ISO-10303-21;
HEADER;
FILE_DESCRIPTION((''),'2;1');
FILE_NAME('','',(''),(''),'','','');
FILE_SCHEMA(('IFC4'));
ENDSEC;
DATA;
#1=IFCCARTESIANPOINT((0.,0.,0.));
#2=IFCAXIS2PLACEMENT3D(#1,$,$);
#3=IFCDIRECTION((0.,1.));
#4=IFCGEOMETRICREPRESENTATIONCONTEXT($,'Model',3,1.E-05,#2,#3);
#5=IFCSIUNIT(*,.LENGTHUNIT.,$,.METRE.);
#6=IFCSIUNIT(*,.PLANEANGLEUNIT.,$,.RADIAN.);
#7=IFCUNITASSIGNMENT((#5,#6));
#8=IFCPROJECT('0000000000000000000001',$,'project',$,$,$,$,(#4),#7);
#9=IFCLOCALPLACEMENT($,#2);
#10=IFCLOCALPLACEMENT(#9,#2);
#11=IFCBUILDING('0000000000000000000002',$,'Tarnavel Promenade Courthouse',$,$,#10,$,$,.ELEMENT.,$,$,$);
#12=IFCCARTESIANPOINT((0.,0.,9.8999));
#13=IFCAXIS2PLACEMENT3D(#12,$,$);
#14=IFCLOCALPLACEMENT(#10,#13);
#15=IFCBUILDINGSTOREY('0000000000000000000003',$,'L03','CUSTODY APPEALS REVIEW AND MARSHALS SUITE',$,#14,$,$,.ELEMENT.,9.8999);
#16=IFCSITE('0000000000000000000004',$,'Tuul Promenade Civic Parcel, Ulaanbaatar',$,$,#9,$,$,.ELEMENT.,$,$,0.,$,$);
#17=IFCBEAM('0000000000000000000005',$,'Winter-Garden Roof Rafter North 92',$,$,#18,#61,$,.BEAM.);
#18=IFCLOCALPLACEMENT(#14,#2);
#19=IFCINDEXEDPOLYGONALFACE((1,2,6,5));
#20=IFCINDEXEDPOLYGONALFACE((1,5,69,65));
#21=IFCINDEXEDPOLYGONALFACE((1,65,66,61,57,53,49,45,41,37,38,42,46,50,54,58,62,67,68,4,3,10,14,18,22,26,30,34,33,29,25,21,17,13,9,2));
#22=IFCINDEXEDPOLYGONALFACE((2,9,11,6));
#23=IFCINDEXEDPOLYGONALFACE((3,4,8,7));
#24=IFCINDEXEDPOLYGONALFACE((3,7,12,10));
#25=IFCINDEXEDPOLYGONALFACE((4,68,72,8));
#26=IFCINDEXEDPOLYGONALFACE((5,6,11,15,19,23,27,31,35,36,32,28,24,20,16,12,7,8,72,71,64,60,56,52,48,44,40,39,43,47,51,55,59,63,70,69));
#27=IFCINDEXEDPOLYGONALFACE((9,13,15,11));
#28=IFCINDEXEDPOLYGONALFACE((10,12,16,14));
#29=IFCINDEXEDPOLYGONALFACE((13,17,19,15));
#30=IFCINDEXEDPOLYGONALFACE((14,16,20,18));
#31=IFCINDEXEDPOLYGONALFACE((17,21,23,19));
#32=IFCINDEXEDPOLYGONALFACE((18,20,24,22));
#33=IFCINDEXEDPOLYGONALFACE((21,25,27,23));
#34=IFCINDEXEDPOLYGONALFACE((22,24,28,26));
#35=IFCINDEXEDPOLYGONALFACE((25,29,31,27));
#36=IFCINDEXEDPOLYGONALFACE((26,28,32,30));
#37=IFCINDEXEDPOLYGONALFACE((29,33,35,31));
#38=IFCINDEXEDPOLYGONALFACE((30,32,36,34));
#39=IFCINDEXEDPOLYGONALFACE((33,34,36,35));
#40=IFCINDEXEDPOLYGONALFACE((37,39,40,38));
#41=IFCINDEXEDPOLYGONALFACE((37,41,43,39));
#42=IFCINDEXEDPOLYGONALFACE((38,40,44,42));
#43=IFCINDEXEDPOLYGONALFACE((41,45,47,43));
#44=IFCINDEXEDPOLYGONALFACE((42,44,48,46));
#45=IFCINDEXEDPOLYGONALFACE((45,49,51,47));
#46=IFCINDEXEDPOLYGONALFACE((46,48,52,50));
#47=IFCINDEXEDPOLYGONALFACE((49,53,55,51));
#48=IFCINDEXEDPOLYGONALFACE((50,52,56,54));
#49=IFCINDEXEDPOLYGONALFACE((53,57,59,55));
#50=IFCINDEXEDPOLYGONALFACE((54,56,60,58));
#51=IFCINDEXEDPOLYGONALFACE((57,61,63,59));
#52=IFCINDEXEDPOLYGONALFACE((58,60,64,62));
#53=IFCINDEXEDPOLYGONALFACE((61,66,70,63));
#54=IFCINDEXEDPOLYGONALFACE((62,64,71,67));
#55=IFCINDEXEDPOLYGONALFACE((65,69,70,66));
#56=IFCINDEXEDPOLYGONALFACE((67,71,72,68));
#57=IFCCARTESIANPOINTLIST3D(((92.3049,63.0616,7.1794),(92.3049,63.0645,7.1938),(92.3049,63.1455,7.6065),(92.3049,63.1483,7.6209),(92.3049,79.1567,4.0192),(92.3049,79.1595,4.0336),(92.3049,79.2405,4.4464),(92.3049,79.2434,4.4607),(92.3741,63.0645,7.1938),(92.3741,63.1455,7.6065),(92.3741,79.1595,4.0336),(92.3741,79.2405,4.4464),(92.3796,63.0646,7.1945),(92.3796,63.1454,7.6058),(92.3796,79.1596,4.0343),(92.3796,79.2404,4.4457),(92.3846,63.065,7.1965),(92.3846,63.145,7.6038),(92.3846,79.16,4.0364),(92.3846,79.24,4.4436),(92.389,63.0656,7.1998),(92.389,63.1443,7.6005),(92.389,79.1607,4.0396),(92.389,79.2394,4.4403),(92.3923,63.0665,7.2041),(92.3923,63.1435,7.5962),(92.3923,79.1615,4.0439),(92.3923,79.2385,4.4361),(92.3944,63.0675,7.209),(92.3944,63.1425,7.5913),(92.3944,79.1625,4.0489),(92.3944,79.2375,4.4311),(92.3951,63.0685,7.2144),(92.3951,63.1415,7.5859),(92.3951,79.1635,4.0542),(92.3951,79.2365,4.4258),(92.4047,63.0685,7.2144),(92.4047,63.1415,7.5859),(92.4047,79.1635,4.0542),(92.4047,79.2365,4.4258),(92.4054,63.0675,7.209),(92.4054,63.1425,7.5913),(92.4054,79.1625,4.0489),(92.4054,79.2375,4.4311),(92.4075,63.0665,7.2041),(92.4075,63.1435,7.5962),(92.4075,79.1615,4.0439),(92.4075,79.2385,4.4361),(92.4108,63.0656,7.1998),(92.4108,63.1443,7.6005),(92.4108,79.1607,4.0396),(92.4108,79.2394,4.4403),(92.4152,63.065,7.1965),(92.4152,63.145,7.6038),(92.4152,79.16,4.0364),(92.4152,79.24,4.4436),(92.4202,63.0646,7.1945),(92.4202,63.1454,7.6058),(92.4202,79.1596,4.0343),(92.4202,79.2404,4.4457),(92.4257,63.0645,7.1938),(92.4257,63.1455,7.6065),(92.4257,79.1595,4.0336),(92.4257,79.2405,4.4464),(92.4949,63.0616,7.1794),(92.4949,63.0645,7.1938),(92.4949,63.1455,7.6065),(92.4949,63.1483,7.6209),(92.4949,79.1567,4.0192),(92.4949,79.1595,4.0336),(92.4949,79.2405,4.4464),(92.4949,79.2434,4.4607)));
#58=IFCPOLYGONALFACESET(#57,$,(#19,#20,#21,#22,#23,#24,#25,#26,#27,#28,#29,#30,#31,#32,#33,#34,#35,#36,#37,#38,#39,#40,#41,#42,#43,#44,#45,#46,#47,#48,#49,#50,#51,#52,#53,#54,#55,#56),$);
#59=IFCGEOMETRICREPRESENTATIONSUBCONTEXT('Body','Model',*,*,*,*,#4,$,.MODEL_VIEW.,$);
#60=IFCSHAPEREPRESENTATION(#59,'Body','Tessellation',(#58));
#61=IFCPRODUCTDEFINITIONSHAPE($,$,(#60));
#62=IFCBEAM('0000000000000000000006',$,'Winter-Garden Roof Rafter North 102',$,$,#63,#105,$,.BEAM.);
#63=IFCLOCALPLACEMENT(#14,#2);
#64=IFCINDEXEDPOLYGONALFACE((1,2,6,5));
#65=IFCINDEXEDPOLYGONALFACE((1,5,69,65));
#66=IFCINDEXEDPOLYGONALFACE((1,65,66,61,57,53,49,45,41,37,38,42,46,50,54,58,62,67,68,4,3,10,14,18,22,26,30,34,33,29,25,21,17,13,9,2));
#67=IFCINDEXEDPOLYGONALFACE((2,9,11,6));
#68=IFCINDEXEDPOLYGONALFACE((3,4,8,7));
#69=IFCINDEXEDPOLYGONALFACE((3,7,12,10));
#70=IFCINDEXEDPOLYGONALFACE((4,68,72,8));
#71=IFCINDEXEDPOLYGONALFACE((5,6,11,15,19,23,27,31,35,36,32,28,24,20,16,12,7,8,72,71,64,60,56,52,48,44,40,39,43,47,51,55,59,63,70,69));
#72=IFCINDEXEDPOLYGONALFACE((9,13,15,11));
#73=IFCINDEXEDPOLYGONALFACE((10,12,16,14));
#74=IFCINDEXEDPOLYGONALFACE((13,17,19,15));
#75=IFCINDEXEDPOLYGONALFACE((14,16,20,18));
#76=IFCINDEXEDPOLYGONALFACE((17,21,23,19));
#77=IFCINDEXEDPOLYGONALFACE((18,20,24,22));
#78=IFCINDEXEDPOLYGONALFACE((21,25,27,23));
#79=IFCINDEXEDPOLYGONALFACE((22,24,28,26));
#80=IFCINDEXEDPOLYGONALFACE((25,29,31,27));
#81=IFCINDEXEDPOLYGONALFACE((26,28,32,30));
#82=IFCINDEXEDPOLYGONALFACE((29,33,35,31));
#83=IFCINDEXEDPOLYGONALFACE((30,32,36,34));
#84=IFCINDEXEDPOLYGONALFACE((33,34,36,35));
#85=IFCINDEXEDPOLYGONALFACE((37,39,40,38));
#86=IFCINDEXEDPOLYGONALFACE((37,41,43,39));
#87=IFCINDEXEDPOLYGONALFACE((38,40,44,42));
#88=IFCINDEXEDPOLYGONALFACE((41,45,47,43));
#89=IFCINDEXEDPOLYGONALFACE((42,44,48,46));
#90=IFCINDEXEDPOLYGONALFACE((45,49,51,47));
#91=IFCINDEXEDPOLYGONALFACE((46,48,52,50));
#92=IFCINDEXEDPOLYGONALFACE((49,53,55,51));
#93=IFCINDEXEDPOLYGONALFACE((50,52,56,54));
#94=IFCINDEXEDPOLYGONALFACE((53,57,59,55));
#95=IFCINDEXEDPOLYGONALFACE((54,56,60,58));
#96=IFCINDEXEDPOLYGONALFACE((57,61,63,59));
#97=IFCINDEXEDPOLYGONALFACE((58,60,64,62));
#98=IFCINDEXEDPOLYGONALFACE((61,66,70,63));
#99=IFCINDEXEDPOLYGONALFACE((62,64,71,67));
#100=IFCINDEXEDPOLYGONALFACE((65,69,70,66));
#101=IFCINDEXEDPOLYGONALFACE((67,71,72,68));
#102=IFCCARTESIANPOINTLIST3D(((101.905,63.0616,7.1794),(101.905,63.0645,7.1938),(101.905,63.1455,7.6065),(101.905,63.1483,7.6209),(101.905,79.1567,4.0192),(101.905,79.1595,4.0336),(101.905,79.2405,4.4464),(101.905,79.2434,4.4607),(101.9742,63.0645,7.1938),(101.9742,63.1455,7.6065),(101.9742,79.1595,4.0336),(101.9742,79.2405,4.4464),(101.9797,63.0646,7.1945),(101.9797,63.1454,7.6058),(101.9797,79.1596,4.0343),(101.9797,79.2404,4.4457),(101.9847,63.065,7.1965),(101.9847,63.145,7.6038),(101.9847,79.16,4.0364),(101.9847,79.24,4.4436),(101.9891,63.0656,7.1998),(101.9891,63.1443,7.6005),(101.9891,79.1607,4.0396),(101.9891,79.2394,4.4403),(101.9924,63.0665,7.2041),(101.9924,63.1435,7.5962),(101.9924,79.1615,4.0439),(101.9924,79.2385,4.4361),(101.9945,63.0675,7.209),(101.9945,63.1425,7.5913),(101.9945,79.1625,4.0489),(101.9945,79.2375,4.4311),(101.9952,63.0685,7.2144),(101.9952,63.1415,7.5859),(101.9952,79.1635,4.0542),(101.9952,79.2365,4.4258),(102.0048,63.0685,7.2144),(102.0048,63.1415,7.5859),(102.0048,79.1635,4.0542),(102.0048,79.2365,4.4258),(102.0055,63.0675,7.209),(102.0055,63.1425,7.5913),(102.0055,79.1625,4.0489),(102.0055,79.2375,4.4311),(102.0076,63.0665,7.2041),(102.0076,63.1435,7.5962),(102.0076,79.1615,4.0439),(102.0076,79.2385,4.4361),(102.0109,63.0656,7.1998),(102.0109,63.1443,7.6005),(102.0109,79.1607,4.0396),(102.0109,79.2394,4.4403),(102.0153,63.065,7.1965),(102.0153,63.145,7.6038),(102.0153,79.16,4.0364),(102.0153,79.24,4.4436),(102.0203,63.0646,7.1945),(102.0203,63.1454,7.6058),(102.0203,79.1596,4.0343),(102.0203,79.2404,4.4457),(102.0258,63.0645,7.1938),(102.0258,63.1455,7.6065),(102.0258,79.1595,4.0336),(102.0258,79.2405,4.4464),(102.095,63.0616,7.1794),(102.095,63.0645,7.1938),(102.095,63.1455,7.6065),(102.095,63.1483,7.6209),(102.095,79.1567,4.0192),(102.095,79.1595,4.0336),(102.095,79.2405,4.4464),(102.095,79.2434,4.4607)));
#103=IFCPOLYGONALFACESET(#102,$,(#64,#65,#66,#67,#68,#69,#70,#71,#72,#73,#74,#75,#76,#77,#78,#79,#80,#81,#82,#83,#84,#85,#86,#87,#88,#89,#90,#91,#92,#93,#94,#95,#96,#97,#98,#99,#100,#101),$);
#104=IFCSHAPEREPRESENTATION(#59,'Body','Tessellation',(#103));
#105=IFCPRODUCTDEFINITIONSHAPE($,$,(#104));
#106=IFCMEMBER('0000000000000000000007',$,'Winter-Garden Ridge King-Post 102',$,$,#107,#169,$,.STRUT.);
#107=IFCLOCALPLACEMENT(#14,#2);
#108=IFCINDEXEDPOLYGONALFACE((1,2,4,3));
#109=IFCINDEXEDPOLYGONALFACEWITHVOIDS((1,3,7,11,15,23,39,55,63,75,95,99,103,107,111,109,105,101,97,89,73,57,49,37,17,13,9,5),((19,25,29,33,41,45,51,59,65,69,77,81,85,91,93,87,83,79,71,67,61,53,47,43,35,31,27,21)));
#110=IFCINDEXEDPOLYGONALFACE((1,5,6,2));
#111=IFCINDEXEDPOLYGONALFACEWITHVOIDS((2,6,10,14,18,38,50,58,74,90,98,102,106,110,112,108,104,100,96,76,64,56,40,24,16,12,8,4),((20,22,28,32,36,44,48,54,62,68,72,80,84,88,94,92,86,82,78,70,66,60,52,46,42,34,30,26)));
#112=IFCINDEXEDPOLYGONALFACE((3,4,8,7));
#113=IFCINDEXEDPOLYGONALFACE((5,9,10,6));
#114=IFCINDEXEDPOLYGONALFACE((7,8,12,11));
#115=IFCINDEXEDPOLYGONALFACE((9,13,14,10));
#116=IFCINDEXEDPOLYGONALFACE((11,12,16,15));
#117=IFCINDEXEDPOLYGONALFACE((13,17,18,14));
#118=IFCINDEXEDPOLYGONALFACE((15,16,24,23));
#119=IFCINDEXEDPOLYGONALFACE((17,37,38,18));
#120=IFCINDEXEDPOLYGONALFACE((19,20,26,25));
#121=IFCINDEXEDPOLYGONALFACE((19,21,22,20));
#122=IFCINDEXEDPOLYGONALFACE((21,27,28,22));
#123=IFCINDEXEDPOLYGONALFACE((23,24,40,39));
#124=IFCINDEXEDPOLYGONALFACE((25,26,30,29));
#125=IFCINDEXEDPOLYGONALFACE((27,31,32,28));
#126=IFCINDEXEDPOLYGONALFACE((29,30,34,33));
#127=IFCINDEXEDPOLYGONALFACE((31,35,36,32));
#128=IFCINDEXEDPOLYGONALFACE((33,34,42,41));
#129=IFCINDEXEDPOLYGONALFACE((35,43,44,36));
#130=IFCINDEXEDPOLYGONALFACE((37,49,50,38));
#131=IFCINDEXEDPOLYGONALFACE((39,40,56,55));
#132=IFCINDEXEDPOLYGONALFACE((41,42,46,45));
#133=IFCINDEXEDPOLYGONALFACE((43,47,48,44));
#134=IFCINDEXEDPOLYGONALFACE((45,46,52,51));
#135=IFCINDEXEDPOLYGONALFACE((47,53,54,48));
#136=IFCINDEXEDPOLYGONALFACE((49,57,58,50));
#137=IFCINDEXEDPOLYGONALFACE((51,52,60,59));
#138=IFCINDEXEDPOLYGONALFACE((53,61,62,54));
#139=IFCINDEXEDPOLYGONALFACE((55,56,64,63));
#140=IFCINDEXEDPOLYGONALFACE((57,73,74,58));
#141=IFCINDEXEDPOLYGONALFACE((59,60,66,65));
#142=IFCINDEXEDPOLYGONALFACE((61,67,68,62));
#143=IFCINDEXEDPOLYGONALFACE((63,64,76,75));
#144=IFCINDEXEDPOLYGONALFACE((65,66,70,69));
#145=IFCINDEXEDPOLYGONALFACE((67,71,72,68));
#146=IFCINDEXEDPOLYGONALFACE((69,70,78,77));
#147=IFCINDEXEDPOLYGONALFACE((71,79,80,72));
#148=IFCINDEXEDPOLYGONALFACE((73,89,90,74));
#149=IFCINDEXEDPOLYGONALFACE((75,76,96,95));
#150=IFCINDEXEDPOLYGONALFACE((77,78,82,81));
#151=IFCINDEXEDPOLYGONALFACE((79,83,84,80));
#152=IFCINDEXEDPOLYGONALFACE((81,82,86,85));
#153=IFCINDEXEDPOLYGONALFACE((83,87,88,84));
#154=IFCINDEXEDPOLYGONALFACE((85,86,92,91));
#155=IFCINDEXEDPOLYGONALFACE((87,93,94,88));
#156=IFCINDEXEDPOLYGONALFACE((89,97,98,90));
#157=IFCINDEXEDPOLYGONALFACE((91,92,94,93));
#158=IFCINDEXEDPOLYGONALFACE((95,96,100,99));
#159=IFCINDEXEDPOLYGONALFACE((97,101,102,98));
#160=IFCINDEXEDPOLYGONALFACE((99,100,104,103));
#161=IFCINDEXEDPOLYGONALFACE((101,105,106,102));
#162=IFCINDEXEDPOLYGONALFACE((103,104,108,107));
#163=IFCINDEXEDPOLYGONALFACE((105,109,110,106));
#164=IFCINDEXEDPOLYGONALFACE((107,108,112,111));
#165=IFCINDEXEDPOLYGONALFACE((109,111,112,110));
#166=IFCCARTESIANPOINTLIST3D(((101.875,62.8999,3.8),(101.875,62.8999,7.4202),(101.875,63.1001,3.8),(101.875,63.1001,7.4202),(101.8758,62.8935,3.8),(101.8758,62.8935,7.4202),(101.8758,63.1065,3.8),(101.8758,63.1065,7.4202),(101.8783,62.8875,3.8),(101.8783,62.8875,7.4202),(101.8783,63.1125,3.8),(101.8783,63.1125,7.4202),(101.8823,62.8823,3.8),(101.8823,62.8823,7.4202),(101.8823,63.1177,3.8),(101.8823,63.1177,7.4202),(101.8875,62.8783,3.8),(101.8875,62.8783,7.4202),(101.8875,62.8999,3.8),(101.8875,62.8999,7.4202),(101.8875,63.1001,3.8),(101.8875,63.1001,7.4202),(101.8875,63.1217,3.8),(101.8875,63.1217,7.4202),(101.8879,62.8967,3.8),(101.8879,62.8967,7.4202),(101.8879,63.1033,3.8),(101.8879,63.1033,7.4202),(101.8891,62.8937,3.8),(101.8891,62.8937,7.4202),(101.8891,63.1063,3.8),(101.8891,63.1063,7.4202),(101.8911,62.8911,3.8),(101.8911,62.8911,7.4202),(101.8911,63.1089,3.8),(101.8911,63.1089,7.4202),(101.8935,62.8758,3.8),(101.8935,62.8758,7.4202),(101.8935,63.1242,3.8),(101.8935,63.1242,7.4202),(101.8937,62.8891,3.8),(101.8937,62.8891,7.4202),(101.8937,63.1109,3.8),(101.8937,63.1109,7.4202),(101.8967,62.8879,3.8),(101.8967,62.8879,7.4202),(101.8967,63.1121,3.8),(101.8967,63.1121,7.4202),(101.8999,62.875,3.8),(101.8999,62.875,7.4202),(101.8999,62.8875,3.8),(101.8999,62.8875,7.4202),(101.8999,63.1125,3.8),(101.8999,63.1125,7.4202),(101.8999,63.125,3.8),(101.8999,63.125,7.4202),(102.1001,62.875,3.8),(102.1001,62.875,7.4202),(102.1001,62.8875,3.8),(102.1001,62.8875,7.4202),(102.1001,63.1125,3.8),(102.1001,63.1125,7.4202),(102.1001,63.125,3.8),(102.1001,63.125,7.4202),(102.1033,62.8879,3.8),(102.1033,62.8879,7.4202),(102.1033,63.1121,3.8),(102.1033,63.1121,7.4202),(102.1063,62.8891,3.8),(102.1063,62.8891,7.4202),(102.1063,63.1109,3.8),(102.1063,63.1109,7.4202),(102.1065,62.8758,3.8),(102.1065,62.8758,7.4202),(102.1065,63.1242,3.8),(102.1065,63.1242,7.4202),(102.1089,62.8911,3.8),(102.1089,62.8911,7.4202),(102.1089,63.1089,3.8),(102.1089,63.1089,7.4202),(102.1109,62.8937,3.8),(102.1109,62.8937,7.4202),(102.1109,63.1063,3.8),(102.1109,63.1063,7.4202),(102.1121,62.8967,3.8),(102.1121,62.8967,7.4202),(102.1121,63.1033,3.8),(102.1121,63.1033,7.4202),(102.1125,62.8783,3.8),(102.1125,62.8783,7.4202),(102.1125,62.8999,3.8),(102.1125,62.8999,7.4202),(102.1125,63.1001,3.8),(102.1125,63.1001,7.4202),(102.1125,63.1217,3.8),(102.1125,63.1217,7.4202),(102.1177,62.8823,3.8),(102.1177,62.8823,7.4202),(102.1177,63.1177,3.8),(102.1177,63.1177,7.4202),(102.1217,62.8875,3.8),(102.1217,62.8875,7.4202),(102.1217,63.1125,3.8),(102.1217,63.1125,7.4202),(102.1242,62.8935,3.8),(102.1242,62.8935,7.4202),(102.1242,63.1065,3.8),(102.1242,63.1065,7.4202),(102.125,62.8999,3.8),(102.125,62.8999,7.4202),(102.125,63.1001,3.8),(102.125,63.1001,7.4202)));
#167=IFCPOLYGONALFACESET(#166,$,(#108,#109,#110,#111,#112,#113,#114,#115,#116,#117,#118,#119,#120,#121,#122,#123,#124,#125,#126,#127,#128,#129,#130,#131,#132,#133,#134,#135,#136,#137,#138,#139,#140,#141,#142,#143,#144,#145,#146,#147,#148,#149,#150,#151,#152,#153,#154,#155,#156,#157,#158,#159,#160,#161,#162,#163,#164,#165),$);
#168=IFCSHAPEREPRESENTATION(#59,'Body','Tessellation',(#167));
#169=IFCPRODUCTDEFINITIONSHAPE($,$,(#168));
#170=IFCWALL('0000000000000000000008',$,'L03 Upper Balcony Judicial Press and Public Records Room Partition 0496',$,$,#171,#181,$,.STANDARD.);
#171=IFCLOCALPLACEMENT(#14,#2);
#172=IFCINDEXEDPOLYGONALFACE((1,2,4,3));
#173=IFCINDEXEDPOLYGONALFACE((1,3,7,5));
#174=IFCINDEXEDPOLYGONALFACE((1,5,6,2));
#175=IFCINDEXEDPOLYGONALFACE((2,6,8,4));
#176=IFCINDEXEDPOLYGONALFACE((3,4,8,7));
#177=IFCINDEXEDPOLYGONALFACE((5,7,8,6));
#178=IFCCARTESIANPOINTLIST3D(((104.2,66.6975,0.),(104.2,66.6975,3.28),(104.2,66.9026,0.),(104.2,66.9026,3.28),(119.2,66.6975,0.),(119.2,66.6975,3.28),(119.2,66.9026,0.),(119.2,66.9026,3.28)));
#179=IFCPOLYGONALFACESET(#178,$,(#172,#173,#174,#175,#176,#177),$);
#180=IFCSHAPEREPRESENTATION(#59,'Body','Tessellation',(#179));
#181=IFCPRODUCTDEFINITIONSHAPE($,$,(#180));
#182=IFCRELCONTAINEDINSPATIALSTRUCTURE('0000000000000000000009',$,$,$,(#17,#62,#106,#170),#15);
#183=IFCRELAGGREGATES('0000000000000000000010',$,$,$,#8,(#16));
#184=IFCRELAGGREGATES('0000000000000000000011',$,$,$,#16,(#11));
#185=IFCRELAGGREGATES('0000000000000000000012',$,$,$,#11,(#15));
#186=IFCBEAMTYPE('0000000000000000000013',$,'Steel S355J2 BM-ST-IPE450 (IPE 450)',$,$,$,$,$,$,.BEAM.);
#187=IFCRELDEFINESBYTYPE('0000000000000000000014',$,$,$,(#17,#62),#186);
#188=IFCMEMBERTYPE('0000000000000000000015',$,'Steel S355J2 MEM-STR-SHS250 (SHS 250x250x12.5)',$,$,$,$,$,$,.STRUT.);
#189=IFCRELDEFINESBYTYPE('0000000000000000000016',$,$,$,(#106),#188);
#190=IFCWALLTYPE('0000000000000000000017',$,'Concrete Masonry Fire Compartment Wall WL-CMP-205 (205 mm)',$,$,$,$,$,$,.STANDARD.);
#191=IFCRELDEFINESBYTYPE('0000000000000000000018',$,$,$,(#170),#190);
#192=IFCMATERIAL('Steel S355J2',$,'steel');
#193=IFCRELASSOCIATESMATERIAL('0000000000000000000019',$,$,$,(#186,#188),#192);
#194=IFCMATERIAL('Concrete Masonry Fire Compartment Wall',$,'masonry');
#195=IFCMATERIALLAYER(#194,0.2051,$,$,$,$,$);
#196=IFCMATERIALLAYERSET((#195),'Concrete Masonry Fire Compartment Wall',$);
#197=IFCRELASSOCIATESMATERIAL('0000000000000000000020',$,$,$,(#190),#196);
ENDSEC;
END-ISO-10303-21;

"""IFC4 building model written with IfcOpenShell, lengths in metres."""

from ifc_helpers import new_model, si_unit, direction, frame, frame_2d, origin, origin_2d, place, context, subcontext, project, spatial, rectangle, hollow_rectangle, i_section, extrude, material, layer, layer_set, material_profile, profile_set, type_object, element, save


model = new_model("IFC4")

# Units and contexts
model_context = context("Model", 3, precision=1e-05, world=origin(), true_north=direction((0.0, 1.0)))
body_context = subcontext(model_context, "Body", "Model", "MODEL_VIEW")
ifc_project = project(units=[si_unit("LENGTHUNIT", "METRE"), si_unit("PLANEANGLEUNIT", "RADIAN")], contexts=[model_context])

# Site, building, storey
site_placement = place(None, origin())
site = spatial("IfcSite", under=ifc_project, at=site_placement, Name="Tuul Promenade Civic Parcel, Ulaanbaatar", CompositionType="ELEMENT", RefElevation=0.0)
building_placement = place(site_placement, origin())
building = spatial("IfcBuilding", under=site, at=building_placement, Name="Tarnavel Promenade Courthouse", CompositionType="ELEMENT")
storey_placement = place(building_placement, frame((0.0, 0.0, 9.8999)))
storey = spatial("IfcBuildingStorey", under=building, at=storey_placement, Name="L03", Description="CUSTODY APPEALS REVIEW AND MARSHALS SUITE", CompositionType="ELEMENT", Elevation=9.8999)

# Beams
ifc_material_1 = material(Name="Steel S355J2", Category="steel")
ifc_material_profile_1 = material_profile(ifc_material_1, i_section(OverallWidth=0.1899, OverallDepth=0.45, WebThickness=0.0095, FlangeThickness=0.0146, FilletRadius=0.021, at=origin_2d()), Name="IPE 450")
ifc_profile_set_1 = profile_set([ifc_material_profile_1], Name="Steel S355J2")
beam_type_1 = type_object("IfcBeamType", Name="Steel S355J2 BM-ST-IPE450 (IPE 450)", PredefinedType="BEAM", material=ifc_profile_set_1)
for number, where, z_axis, x_axis, name in (
    (1, (92.3999, 63.105, 7.4001), (0.0, 0.981264, -0.192666), (-1.0, 0.0, 0.0), "Winter-Garden Roof Rafter North 92"),
    (2, (102.0, 63.105, 7.4001), (0.0, 0.981264, -0.192666), (-1.0, 0.0, 0.0), "Winter-Garden Roof Rafter North 102"),
):
    element("IfcBeam", number, at=place(storey_placement, frame(where, z_axis=z_axis, x_axis=x_axis)), inside=storey, type_object=beam_type_1, Name=name, PredefinedType="BEAM", context=body_context, shape_type="SweptSolid", body=[
        extrude(i_section(OverallWidth=0.1899, OverallDepth=0.45, WebThickness=0.0095, FlangeThickness=0.0146, FilletRadius=0.021, at=origin_2d()), origin(), (0.0, 0.0, 1.0), 16.4023),
    ])

# Member
ifc_material_profile_2 = material_profile(ifc_material_1, hollow_rectangle(XDim=0.25, YDim=0.25, WallThickness=0.0125, InnerFilletRadius=0.0125, OuterFilletRadius=0.0249, at=origin_2d()), Name="SHS 250x250x12.5")
ifc_profile_set_2 = profile_set([ifc_material_profile_2], Name="Steel S355J2")
member_type = type_object("IfcMemberType", Name="Steel S355J2 MEM-STR-SHS250 (SHS 250x250x12.5)", PredefinedType="STRUT", material=ifc_profile_set_2)
member_placement = place(storey_placement, frame((102.0, 63.0, 3.8), z_axis=(0.0, 0.0, 1.0), x_axis=(1.0, 0.0, 0.0)))
element("IfcMember", 3, at=member_placement, inside=storey, type_object=member_type, Name="Winter-Garden Ridge King-Post 102", PredefinedType="STRUT", context=body_context, shape_type="SweptSolid", body=[
    extrude(hollow_rectangle(XDim=0.25, YDim=0.25, WallThickness=0.0125, InnerFilletRadius=0.0125, OuterFilletRadius=0.0249, at=origin_2d()), origin(), (0.0, 0.0, 1.0), 3.6201),
])

# Wall
ifc_material_2 = material(Name="Concrete Masonry Fire Compartment Wall", Category="masonry")
ifc_layer_1 = layer(ifc_material_2, 0.2051)
ifc_layer_set_1 = layer_set([ifc_layer_1], Name="Concrete Masonry Fire Compartment Wall")
wall_type_1 = type_object("IfcWallType", Name="Concrete Masonry Fire Compartment Wall WL-CMP-205 (205 mm)", PredefinedType="STANDARD", material=ifc_layer_set_1)
wall_1_placement = place(storey_placement, frame((104.2, 66.8, 0.0), z_axis=(0.0, 0.0, 1.0), x_axis=(1.0, 0.0, 0.0)))
element("IfcWall", 4, at=wall_1_placement, inside=storey, type_object=wall_type_1, Name="L03 Upper Balcony Judicial Press and Public Records Room Partition 0496", PredefinedType="STANDARD", context=body_context, shape_type="SweptSolid", body=[
    extrude(rectangle(XDim=15.0, YDim=0.2051, at=frame_2d((7.5, 0.0))), origin(), (0.0, 0.0, 1.0), 3.28),
])

save(model, "model.ifc")
